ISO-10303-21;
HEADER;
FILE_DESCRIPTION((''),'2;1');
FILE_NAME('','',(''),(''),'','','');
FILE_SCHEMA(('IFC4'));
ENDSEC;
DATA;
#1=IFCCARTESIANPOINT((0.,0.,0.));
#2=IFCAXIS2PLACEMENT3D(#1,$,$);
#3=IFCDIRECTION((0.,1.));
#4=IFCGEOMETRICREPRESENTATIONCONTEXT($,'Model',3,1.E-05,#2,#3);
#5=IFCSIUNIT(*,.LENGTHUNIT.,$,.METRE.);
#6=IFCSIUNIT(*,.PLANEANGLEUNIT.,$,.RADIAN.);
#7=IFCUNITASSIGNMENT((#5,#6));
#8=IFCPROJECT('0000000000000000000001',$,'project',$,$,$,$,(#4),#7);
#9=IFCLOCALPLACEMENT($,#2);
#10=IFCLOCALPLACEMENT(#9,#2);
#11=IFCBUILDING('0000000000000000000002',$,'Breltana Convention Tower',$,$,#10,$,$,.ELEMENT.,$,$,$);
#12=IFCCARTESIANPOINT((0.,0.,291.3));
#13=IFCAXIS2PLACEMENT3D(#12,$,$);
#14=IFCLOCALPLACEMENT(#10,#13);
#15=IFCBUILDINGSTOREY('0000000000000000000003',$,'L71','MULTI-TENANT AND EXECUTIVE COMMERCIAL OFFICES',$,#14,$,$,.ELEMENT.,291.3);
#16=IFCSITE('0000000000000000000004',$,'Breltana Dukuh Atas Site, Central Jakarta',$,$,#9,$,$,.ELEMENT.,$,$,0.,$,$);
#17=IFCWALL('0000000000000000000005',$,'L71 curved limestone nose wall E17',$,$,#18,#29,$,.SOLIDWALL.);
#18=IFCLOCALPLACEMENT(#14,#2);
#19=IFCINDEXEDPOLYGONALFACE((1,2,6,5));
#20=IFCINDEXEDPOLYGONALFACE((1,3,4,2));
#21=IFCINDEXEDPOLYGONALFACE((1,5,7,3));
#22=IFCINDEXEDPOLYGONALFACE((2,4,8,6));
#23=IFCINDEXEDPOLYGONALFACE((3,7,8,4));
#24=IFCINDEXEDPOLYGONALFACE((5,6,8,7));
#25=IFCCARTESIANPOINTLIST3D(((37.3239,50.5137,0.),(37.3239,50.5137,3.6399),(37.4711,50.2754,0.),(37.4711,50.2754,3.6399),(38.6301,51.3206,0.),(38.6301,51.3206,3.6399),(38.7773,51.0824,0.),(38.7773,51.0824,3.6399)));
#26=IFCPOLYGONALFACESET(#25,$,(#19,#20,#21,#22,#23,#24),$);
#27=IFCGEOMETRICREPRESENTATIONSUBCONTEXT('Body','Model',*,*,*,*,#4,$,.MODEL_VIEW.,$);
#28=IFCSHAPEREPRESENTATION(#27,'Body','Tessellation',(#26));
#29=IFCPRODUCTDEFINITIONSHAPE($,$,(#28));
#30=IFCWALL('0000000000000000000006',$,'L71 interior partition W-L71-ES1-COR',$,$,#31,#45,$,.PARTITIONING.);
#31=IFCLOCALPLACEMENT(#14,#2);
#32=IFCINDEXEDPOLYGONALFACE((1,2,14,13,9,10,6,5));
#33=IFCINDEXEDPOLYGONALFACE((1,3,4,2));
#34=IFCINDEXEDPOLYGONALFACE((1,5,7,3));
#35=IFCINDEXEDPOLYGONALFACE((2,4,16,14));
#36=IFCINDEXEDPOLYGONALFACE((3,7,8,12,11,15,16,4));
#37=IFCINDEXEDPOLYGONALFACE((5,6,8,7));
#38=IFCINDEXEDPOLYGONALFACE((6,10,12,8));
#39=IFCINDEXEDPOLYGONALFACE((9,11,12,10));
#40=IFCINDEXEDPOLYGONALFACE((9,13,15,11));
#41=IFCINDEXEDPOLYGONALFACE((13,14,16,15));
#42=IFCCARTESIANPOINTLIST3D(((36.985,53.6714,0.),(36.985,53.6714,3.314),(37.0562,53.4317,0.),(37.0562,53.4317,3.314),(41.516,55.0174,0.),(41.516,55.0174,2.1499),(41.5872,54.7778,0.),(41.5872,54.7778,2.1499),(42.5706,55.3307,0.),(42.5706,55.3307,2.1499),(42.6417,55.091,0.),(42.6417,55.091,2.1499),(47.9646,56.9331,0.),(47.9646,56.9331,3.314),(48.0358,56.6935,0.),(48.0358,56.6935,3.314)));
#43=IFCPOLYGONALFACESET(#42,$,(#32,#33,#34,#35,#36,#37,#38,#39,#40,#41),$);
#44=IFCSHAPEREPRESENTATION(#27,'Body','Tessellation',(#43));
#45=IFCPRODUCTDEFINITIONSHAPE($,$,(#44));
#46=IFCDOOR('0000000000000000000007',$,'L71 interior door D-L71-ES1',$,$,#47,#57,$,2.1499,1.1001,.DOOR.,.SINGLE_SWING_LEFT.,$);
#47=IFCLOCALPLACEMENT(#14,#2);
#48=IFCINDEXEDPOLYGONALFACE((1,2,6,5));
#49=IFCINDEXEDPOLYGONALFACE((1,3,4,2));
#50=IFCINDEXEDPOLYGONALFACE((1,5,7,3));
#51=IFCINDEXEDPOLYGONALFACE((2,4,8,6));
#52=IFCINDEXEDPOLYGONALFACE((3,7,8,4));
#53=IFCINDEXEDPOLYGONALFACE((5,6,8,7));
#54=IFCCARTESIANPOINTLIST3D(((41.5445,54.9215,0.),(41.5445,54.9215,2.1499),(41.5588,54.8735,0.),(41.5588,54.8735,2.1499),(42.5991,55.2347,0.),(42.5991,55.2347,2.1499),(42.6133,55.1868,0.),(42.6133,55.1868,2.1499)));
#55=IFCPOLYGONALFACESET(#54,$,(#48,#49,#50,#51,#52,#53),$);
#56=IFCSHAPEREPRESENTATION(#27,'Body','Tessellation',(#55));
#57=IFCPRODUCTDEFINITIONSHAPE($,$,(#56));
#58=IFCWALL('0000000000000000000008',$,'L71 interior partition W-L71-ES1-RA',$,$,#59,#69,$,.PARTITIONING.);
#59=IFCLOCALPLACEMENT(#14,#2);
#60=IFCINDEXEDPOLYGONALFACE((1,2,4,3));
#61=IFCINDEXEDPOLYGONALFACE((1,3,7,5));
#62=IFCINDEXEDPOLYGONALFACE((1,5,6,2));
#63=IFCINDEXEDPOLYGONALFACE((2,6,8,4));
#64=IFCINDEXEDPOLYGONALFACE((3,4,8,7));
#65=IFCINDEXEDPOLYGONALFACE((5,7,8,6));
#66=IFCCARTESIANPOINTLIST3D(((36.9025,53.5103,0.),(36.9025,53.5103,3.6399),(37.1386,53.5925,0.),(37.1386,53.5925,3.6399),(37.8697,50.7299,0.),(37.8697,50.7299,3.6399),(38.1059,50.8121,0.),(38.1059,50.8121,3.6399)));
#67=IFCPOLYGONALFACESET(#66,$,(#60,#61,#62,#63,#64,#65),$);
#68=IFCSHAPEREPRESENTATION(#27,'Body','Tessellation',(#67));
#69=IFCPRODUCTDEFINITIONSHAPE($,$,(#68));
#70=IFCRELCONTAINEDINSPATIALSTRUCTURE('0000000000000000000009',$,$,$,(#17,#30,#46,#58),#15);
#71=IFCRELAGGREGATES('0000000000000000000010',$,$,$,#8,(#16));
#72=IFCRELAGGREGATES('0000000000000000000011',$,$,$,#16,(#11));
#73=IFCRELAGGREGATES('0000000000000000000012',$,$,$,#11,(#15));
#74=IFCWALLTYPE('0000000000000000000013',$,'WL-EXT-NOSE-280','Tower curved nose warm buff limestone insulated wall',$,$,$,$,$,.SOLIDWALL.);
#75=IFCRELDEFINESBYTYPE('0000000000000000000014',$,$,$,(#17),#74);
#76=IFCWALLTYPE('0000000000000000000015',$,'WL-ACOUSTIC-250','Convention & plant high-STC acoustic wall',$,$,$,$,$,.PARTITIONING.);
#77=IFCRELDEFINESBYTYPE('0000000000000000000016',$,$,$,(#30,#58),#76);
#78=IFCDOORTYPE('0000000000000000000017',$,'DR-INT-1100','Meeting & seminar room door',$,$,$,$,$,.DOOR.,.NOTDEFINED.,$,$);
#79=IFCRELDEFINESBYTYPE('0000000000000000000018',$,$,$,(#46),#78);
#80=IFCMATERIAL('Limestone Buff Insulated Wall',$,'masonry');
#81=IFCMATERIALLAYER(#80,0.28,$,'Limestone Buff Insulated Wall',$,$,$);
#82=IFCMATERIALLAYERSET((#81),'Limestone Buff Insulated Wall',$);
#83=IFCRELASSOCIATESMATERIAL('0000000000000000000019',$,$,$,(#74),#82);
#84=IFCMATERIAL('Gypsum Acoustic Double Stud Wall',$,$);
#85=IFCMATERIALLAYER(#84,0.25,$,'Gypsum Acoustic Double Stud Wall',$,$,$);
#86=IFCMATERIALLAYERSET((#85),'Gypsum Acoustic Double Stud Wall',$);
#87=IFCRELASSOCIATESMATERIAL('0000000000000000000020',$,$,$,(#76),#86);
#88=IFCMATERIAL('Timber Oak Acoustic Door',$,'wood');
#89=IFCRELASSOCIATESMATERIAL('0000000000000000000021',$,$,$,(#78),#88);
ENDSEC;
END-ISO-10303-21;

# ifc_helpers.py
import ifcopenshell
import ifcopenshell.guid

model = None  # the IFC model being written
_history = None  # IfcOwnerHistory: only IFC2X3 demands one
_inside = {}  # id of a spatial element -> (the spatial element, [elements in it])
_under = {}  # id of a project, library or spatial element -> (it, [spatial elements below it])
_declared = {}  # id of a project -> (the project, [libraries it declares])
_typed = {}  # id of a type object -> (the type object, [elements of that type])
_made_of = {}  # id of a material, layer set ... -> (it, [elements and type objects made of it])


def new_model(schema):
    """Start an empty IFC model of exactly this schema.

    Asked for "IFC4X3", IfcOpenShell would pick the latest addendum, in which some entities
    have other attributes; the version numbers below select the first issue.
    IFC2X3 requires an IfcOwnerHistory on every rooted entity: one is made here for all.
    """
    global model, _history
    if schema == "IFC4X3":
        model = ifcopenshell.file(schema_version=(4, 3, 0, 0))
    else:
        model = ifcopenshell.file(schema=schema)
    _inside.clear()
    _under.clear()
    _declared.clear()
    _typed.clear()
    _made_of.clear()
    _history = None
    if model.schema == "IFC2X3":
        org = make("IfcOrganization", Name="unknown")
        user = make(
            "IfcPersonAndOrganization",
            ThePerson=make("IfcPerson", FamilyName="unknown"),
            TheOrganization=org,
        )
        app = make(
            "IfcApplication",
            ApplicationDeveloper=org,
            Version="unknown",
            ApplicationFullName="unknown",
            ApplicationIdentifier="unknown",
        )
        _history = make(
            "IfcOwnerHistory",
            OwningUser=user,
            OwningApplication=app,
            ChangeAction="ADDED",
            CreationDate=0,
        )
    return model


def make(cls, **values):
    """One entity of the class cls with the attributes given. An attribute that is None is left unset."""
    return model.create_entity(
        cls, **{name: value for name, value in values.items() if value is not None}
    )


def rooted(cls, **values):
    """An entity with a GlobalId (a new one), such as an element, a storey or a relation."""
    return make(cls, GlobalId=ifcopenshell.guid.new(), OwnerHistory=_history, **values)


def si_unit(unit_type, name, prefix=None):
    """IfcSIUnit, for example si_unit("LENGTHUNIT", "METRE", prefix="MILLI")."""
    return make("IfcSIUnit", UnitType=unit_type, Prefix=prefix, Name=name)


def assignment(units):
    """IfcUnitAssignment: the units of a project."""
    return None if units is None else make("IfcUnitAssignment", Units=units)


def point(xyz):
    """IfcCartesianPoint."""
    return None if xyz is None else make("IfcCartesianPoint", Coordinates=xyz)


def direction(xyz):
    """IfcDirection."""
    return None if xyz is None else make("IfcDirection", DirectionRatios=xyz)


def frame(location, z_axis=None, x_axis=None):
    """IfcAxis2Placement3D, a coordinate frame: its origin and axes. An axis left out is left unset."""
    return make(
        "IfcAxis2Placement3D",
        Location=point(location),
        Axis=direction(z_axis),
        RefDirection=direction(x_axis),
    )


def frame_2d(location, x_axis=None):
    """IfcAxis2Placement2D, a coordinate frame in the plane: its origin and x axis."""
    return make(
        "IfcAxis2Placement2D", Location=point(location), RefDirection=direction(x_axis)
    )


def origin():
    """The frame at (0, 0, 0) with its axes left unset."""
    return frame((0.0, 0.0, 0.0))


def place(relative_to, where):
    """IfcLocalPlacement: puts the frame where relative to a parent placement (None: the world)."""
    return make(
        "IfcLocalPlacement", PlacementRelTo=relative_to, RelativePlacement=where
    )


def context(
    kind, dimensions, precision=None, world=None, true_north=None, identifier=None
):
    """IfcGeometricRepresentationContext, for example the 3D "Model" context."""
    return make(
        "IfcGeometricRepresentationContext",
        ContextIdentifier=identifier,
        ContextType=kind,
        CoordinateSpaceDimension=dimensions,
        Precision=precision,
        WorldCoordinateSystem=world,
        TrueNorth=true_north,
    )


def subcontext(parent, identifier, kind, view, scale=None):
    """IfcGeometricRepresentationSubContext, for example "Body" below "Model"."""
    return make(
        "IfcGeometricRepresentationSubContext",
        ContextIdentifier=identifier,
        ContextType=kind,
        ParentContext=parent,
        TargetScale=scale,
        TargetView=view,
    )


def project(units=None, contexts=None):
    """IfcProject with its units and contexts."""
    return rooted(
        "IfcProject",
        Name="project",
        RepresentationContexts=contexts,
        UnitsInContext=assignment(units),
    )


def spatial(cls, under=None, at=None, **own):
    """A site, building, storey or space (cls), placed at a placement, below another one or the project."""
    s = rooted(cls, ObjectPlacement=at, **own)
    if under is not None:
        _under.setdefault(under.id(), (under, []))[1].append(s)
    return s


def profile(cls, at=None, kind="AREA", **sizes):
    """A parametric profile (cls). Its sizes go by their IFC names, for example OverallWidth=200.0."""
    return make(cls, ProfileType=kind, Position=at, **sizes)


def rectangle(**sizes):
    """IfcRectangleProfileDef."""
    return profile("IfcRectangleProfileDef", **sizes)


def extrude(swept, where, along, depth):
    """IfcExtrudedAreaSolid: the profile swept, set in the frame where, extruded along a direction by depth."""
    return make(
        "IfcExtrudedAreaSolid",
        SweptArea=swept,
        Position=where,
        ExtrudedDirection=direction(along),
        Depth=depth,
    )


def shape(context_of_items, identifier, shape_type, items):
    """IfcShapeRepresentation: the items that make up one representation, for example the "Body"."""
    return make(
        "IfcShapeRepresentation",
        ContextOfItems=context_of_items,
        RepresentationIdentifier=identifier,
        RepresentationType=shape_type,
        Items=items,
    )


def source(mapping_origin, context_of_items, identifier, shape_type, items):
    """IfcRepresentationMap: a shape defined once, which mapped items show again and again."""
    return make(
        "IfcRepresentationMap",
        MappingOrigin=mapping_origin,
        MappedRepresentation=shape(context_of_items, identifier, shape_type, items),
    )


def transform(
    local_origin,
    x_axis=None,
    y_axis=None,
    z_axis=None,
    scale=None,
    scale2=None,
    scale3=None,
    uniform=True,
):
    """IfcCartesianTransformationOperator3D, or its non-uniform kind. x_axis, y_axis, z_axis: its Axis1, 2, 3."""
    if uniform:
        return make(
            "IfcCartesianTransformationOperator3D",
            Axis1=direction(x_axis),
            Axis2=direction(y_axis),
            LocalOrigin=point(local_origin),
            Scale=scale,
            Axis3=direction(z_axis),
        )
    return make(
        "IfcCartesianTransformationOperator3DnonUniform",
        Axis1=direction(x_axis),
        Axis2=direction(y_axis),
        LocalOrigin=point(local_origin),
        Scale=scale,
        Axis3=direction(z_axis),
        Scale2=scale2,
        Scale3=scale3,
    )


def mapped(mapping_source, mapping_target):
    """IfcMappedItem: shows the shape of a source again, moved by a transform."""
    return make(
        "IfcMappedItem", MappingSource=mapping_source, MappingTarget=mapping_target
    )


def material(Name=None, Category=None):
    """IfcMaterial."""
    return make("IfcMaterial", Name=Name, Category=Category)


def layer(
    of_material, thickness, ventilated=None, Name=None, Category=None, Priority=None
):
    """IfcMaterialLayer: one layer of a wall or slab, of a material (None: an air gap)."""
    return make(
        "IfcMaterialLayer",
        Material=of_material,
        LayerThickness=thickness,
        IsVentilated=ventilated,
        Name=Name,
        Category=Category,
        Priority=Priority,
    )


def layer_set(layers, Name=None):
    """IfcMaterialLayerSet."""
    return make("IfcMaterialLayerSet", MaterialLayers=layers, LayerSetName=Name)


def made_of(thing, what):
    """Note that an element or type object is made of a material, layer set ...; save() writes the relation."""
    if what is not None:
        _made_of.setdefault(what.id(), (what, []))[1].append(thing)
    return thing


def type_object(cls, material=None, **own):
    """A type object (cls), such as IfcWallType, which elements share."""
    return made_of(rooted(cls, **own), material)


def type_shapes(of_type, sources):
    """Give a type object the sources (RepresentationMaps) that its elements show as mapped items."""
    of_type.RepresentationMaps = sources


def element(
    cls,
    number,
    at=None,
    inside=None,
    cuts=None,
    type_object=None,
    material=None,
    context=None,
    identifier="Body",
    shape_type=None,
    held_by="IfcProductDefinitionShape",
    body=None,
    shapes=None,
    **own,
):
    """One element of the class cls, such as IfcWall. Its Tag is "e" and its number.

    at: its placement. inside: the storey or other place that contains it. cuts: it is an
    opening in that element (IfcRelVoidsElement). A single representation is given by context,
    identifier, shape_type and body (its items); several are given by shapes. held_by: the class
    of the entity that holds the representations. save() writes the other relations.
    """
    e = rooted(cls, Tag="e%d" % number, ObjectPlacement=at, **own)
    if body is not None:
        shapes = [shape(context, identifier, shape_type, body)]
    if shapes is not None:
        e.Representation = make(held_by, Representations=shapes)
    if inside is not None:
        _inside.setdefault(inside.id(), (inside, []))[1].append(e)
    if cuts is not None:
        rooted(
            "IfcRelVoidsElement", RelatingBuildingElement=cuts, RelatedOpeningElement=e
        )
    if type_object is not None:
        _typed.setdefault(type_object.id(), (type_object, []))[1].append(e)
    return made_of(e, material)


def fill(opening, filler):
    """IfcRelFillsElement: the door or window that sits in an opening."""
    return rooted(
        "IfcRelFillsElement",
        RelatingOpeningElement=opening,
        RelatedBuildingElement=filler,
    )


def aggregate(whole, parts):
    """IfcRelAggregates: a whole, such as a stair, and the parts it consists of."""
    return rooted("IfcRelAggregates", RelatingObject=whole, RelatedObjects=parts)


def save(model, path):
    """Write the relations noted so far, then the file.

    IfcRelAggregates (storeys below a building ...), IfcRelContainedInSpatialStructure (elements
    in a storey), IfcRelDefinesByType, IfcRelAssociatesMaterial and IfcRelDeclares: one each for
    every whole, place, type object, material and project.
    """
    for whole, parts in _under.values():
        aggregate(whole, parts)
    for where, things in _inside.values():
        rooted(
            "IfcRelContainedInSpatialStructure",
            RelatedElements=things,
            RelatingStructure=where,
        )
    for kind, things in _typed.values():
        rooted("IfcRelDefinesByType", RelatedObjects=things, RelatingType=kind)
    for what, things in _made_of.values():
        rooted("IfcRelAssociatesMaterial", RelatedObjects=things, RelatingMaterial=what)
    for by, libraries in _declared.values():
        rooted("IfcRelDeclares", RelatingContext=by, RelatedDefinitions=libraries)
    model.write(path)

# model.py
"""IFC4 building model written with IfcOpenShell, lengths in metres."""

from ifc_helpers import new_model, si_unit, direction, frame, frame_2d, origin, place, context, subcontext, project, spatial, rectangle, extrude, source, transform, mapped, material, layer, layer_set, type_object, type_shapes, element, fill, save


model = new_model("IFC4")

# Units and contexts
model_context = context("Model", 3, precision=1e-05, world=origin(), true_north=direction((0.0, 1.0)))
body_context = subcontext(model_context, "Body", "Model", "MODEL_VIEW")
ifc_project = project(units=[si_unit("LENGTHUNIT", "METRE"), si_unit("PLANEANGLEUNIT", "RADIAN")], contexts=[model_context])

# Site, building, storey
site_placement = place(None, origin())
site = spatial("IfcSite", under=ifc_project, at=site_placement, Name="Breltana Dukuh Atas Site, Central Jakarta", CompositionType="ELEMENT", RefElevation=0.0)
building_placement = place(site_placement, origin())
building = spatial("IfcBuilding", under=site, at=building_placement, Name="Breltana Convention Tower", CompositionType="ELEMENT")
storey_placement = place(building_placement, frame((0.0, 0.0, 291.3)))
storey = spatial("IfcBuildingStorey", under=building, at=storey_placement, Name="L71", Description="MULTI-TENANT AND EXECUTIVE COMMERCIAL OFFICES", CompositionType="ELEMENT", Elevation=291.3)

# Shared definitions
ifc_material_1 = material(Name="Limestone Buff Insulated Wall", Category="masonry")
ifc_layer_1 = layer(ifc_material_1, 0.28, Name="Limestone Buff Insulated Wall")
ifc_layer_set_1 = layer_set([ifc_layer_1], Name="Limestone Buff Insulated Wall")
wall_type_1 = type_object("IfcWallType", Name="WL-EXT-NOSE-280", Description="Tower curved nose warm buff limestone insulated wall", PredefinedType="SOLIDWALL", material=ifc_layer_set_1)

# Wall
shared_shape_1 = source(origin(), body_context, "Body", "SweptSolid", [
    extrude(rectangle(XDim=1.5354, YDim=0.28, at=frame_2d((0.7676, 0.0))), origin(), (0.0, 0.0, 1.0), 3.6399),
])
wall_1_placement = place(storey_placement, frame((38.7036, 51.2014, 0.0), z_axis=(0.0, 0.0, 1.0), x_axis=(-0.850756, -0.525561, 0.0)))
element("IfcWall", 1, at=wall_1_placement, inside=storey, type_object=wall_type_1, Name="L71 curved limestone nose wall E17", PredefinedType="SOLIDWALL", context=body_context, shape_type="MappedRepresentation", body=[
    mapped(shared_shape_1, transform((0.0, 0.0, 0.0), scale=1.0)),
])

# Wall, opening, door
ifc_material_2 = material(Name="Gypsum Acoustic Double Stud Wall")
ifc_layer_2 = layer(ifc_material_2, 0.25, Name="Gypsum Acoustic Double Stud Wall")
ifc_layer_set_2 = layer_set([ifc_layer_2], Name="Gypsum Acoustic Double Stud Wall")
wall_type_2 = type_object("IfcWallType", Name="WL-ACOUSTIC-250", Description="Convention & plant high-STC acoustic wall", PredefinedType="PARTITIONING", material=ifc_layer_set_2)
shared_shape_2 = source(origin(), body_context, "Body", "SweptSolid", [
    extrude(rectangle(XDim=11.4539, YDim=0.25, at=frame_2d((5.7271, 0.0))), origin(), (0.0, 0.0, 1.0), 3.314),
])
wall_2_placement = place(storey_placement, frame((37.0205, 53.5515, 0.0), z_axis=(0.0, 0.0, 1.0), x_axis=(0.958595, 0.284773, 0.0)))
wall_2 = element("IfcWall", 2, at=wall_2_placement, inside=storey, type_object=wall_type_2, Name="L71 interior partition W-L71-ES1-COR", PredefinedType="PARTITIONING", context=body_context, shape_type="MappedRepresentation", body=[
    mapped(shared_shape_2, transform((0.0, 0.0, 0.0), scale=1.0)),
])
opening_1_placement = place(wall_2_placement, frame((4.7268, 0.0, 0.0)))
opening_1 = element("IfcOpeningElement", 3, at=opening_1_placement, cuts=wall_2, PredefinedType="OPENING", context=body_context, shape_type="SweptSolid", body=[
    extrude(rectangle(XDim=1.1001, YDim=2.1499, at=frame_2d((0.55, 1.075))), frame((0.0, 0.135, 0.0), z_axis=(0.0, -1.0, 0.0), x_axis=(1.0, 0.0, 0.0)), (0.0, 0.0, 1.0), 0.27),
])
ifc_material_3 = material(Name="Timber Oak Acoustic Door", Category="wood")
door_type = type_object("IfcDoorType", Name="DR-INT-1100", Description="Meeting & seminar room door", OperationType="NOTDEFINED", PredefinedType="DOOR", material=ifc_material_3)
shared_shape_3 = source(origin(), body_context, "Body", "SweptSolid", [
    extrude(rectangle(XDim=1.1001, YDim=2.1499, at=frame_2d((0.55, 1.075))), frame((0.0, 0.0249, 0.0), z_axis=(0.0, -1.0, 0.0), x_axis=(1.0, 0.0, 0.0)), (0.0, 0.0, 1.0), 0.05),
])
type_shapes(door_type, [shared_shape_3])
door_placement = place(opening_1_placement, origin())
door = element("IfcDoor", 4, at=door_placement, inside=storey, type_object=door_type, Name="L71 interior door D-L71-ES1", OperationType="SINGLE_SWING_LEFT", OverallHeight=2.1499, OverallWidth=1.1001, PredefinedType="DOOR", context=body_context, shape_type="MappedRepresentation", body=[
    mapped(shared_shape_3, transform((0.0, 0.0, 0.0), scale=1.0)),
])
fill(opening_1, door)

# Wall
shared_shape_4 = source(origin(), body_context, "Body", "SweptSolid", [
    extrude(rectangle(XDim=2.9438, YDim=0.25, at=frame_2d((1.4719, 0.0))), origin(), (0.0, 0.0, 1.0), 3.6399),
])
wall_3_placement = place(storey_placement, frame((37.9878, 50.771, 0.0), z_axis=(0.0, 0.0, 1.0), x_axis=(-0.328566, 0.944481, 0.0)))
element("IfcWall", 5, at=wall_3_placement, inside=storey, type_object=wall_type_2, Name="L71 interior partition W-L71-ES1-RA", PredefinedType="PARTITIONING", context=body_context, shape_type="MappedRepresentation", body=[
    mapped(shared_shape_4, transform((0.0, 0.0, 0.0), scale=1.0)),
])

save(model, "model.ifc")
